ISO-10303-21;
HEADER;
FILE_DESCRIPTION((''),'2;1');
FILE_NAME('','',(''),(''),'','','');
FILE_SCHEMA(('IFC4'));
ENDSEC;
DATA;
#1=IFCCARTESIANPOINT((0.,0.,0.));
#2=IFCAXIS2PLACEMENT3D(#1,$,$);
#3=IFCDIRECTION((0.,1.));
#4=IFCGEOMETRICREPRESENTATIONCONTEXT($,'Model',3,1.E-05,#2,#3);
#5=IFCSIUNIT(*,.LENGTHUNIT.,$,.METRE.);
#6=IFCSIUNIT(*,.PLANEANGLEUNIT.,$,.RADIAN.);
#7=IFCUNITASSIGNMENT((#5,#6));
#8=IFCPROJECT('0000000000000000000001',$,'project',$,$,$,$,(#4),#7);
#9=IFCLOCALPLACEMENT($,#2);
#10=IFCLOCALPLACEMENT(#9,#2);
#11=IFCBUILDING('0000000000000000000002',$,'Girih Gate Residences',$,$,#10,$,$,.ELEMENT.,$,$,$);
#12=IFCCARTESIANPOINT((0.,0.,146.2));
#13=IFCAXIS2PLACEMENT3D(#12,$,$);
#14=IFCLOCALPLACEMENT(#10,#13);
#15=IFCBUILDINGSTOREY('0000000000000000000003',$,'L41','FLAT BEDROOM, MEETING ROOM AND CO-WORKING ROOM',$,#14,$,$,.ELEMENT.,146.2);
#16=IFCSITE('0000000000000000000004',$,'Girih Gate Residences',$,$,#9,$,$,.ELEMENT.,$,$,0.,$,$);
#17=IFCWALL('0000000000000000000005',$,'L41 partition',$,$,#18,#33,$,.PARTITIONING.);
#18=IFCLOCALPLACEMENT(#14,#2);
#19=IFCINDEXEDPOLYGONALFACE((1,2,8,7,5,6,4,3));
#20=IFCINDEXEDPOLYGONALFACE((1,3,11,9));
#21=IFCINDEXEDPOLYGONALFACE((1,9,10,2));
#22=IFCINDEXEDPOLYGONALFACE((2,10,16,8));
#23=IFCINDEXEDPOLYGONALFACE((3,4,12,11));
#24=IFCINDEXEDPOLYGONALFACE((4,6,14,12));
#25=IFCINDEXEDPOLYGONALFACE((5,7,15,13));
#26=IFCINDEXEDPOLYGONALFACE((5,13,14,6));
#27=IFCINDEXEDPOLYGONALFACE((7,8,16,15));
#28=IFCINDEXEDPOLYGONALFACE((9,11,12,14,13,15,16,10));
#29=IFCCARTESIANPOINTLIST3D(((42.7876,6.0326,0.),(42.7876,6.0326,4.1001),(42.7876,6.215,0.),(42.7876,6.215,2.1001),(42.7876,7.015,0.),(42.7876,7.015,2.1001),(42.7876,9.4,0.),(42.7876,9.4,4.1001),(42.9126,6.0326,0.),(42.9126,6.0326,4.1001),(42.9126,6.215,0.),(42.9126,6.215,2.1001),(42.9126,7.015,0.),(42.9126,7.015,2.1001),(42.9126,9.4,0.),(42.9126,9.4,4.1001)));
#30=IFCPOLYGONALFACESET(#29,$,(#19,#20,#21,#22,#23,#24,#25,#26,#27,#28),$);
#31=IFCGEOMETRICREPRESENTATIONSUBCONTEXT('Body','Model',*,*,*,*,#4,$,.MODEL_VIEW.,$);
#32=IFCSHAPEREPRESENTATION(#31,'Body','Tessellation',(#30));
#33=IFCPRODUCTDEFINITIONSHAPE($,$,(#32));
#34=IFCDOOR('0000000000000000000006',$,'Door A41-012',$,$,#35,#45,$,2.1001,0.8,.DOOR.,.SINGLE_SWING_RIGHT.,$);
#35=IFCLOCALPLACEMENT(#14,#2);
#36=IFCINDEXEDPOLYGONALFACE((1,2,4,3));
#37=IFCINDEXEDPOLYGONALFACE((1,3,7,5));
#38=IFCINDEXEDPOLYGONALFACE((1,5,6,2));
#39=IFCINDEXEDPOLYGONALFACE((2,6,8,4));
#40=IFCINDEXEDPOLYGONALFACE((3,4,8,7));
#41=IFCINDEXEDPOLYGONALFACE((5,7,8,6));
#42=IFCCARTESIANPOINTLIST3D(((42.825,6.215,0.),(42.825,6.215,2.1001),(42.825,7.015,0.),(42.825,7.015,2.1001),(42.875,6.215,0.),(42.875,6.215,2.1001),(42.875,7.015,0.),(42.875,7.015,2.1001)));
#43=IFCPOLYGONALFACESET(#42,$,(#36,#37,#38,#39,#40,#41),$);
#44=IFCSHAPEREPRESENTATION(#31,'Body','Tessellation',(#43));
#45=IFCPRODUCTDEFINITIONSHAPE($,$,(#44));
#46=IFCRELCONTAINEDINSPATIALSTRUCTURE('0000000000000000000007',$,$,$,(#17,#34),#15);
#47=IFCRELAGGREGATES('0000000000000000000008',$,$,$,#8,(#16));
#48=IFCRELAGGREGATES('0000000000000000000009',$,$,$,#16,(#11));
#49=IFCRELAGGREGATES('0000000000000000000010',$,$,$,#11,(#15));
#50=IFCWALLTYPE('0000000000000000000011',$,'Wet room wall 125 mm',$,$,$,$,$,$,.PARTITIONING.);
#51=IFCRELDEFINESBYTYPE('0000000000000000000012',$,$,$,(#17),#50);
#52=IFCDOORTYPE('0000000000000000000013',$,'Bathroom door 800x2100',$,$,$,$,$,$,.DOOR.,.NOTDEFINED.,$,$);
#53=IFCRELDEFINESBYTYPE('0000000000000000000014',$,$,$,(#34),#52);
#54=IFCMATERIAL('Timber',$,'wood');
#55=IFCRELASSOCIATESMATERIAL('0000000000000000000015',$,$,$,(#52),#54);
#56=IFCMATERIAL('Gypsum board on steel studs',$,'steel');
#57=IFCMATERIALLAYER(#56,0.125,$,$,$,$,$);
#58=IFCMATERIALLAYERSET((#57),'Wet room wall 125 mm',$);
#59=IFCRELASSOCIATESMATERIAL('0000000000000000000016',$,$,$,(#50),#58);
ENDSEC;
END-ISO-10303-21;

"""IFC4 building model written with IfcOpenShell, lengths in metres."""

from ifc_helpers import new_model, si_unit, direction, frame, frame_2d, origin, place, context, subcontext, project, spatial, rectangle, extrude, material, layer, layer_set, type_object, element, fill, save


model = new_model("IFC4")

# Units and contexts
model_context = context("Model", 3, precision=1e-05, world=origin(), true_north=direction((0.0, 1.0)))
body_context = subcontext(model_context, "Body", "Model", "MODEL_VIEW")
ifc_project = project(units=[si_unit("LENGTHUNIT", "METRE"), si_unit("PLANEANGLEUNIT", "RADIAN")], contexts=[model_context])

# Site, building, storey
site_placement = place(None, origin())
site = spatial("IfcSite", under=ifc_project, at=site_placement, Name="Girih Gate Residences", CompositionType="ELEMENT", RefElevation=0.0)
building_placement = place(site_placement, origin())
building = spatial("IfcBuilding", under=site, at=building_placement, Name="Girih Gate Residences", CompositionType="ELEMENT")
storey_placement = place(building_placement, frame((0.0, 0.0, 146.2)))
storey = spatial("IfcBuildingStorey", under=building, at=storey_placement, Name="L41", Description="FLAT BEDROOM, MEETING ROOM AND CO-WORKING ROOM", CompositionType="ELEMENT", Elevation=146.2)

# Shared definitions
ifc_material_1 = material(Name="Gypsum board on steel studs", Category="steel")

# Shared definitions
ifc_material_2 = material(Name="Timber", Category="wood")
door_type_1 = type_object("IfcDoorType", Name="Bathroom door 800x2100", OperationType="NOTDEFINED", PredefinedType="DOOR", material=ifc_material_2)

# Wall, opening, door
ifc_layer_1 = layer(ifc_material_1, 0.125)
ifc_layer_set_1 = layer_set([ifc_layer_1], Name="Wet room wall 125 mm")
wall_type_1 = type_object("IfcWallType", Name="Wet room wall 125 mm", PredefinedType="PARTITIONING", material=ifc_layer_set_1)
wall_1_placement = place(storey_placement, frame((42.8501, 9.3999, 0.0), z_axis=(0.0, 0.0, 1.0), x_axis=(0.0, -1.0, 0.0)))
wall_1 = element("IfcWall", 1, at=wall_1_placement, inside=storey, type_object=wall_type_1, Name="L41 partition", PredefinedType="PARTITIONING", context=body_context, shape_type="SweptSolid", body=[
    extrude(rectangle(XDim=3.3674, YDim=0.125, at=frame_2d((1.6836, 0.0))), origin(), (0.0, 0.0, 1.0), 4.1001),
])
opening_1_placement = place(wall_1_placement, frame((2.385, 0.0, 0.0)))
opening_1 = element("IfcOpeningElement", 2, at=opening_1_placement, cuts=wall_1, PredefinedType="OPENING", context=body_context, shape_type="SweptSolid", body=[
    extrude(rectangle(XDim=0.8, YDim=2.1001, at=frame_2d((0.3999, 1.05))), frame((0.0, 0.0725, 0.0), z_axis=(0.0, -1.0, 0.0), x_axis=(1.0, 0.0, 0.0)), (0.0, 0.0, 1.0), 0.145),
])
door_1_placement = place(opening_1_placement, origin())
door_1 = element("IfcDoor", 3, at=door_1_placement, inside=storey, type_object=door_type_1, Name="Door A41-012", OperationType="SINGLE_SWING_RIGHT", OverallHeight=2.1001, OverallWidth=0.8, PredefinedType="DOOR", context=body_context, shape_type="SweptSolid", body=[
    extrude(rectangle(XDim=0.8, YDim=2.1001, at=frame_2d((0.3999, 1.05))), frame((0.0, 0.0249, 0.0), z_axis=(0.0, -1.0, 0.0), x_axis=(1.0, 0.0, 0.0)), (0.0, 0.0, 1.0), 0.05),
])
fill(opening_1, door_1)

save(model, "model.ifc")
